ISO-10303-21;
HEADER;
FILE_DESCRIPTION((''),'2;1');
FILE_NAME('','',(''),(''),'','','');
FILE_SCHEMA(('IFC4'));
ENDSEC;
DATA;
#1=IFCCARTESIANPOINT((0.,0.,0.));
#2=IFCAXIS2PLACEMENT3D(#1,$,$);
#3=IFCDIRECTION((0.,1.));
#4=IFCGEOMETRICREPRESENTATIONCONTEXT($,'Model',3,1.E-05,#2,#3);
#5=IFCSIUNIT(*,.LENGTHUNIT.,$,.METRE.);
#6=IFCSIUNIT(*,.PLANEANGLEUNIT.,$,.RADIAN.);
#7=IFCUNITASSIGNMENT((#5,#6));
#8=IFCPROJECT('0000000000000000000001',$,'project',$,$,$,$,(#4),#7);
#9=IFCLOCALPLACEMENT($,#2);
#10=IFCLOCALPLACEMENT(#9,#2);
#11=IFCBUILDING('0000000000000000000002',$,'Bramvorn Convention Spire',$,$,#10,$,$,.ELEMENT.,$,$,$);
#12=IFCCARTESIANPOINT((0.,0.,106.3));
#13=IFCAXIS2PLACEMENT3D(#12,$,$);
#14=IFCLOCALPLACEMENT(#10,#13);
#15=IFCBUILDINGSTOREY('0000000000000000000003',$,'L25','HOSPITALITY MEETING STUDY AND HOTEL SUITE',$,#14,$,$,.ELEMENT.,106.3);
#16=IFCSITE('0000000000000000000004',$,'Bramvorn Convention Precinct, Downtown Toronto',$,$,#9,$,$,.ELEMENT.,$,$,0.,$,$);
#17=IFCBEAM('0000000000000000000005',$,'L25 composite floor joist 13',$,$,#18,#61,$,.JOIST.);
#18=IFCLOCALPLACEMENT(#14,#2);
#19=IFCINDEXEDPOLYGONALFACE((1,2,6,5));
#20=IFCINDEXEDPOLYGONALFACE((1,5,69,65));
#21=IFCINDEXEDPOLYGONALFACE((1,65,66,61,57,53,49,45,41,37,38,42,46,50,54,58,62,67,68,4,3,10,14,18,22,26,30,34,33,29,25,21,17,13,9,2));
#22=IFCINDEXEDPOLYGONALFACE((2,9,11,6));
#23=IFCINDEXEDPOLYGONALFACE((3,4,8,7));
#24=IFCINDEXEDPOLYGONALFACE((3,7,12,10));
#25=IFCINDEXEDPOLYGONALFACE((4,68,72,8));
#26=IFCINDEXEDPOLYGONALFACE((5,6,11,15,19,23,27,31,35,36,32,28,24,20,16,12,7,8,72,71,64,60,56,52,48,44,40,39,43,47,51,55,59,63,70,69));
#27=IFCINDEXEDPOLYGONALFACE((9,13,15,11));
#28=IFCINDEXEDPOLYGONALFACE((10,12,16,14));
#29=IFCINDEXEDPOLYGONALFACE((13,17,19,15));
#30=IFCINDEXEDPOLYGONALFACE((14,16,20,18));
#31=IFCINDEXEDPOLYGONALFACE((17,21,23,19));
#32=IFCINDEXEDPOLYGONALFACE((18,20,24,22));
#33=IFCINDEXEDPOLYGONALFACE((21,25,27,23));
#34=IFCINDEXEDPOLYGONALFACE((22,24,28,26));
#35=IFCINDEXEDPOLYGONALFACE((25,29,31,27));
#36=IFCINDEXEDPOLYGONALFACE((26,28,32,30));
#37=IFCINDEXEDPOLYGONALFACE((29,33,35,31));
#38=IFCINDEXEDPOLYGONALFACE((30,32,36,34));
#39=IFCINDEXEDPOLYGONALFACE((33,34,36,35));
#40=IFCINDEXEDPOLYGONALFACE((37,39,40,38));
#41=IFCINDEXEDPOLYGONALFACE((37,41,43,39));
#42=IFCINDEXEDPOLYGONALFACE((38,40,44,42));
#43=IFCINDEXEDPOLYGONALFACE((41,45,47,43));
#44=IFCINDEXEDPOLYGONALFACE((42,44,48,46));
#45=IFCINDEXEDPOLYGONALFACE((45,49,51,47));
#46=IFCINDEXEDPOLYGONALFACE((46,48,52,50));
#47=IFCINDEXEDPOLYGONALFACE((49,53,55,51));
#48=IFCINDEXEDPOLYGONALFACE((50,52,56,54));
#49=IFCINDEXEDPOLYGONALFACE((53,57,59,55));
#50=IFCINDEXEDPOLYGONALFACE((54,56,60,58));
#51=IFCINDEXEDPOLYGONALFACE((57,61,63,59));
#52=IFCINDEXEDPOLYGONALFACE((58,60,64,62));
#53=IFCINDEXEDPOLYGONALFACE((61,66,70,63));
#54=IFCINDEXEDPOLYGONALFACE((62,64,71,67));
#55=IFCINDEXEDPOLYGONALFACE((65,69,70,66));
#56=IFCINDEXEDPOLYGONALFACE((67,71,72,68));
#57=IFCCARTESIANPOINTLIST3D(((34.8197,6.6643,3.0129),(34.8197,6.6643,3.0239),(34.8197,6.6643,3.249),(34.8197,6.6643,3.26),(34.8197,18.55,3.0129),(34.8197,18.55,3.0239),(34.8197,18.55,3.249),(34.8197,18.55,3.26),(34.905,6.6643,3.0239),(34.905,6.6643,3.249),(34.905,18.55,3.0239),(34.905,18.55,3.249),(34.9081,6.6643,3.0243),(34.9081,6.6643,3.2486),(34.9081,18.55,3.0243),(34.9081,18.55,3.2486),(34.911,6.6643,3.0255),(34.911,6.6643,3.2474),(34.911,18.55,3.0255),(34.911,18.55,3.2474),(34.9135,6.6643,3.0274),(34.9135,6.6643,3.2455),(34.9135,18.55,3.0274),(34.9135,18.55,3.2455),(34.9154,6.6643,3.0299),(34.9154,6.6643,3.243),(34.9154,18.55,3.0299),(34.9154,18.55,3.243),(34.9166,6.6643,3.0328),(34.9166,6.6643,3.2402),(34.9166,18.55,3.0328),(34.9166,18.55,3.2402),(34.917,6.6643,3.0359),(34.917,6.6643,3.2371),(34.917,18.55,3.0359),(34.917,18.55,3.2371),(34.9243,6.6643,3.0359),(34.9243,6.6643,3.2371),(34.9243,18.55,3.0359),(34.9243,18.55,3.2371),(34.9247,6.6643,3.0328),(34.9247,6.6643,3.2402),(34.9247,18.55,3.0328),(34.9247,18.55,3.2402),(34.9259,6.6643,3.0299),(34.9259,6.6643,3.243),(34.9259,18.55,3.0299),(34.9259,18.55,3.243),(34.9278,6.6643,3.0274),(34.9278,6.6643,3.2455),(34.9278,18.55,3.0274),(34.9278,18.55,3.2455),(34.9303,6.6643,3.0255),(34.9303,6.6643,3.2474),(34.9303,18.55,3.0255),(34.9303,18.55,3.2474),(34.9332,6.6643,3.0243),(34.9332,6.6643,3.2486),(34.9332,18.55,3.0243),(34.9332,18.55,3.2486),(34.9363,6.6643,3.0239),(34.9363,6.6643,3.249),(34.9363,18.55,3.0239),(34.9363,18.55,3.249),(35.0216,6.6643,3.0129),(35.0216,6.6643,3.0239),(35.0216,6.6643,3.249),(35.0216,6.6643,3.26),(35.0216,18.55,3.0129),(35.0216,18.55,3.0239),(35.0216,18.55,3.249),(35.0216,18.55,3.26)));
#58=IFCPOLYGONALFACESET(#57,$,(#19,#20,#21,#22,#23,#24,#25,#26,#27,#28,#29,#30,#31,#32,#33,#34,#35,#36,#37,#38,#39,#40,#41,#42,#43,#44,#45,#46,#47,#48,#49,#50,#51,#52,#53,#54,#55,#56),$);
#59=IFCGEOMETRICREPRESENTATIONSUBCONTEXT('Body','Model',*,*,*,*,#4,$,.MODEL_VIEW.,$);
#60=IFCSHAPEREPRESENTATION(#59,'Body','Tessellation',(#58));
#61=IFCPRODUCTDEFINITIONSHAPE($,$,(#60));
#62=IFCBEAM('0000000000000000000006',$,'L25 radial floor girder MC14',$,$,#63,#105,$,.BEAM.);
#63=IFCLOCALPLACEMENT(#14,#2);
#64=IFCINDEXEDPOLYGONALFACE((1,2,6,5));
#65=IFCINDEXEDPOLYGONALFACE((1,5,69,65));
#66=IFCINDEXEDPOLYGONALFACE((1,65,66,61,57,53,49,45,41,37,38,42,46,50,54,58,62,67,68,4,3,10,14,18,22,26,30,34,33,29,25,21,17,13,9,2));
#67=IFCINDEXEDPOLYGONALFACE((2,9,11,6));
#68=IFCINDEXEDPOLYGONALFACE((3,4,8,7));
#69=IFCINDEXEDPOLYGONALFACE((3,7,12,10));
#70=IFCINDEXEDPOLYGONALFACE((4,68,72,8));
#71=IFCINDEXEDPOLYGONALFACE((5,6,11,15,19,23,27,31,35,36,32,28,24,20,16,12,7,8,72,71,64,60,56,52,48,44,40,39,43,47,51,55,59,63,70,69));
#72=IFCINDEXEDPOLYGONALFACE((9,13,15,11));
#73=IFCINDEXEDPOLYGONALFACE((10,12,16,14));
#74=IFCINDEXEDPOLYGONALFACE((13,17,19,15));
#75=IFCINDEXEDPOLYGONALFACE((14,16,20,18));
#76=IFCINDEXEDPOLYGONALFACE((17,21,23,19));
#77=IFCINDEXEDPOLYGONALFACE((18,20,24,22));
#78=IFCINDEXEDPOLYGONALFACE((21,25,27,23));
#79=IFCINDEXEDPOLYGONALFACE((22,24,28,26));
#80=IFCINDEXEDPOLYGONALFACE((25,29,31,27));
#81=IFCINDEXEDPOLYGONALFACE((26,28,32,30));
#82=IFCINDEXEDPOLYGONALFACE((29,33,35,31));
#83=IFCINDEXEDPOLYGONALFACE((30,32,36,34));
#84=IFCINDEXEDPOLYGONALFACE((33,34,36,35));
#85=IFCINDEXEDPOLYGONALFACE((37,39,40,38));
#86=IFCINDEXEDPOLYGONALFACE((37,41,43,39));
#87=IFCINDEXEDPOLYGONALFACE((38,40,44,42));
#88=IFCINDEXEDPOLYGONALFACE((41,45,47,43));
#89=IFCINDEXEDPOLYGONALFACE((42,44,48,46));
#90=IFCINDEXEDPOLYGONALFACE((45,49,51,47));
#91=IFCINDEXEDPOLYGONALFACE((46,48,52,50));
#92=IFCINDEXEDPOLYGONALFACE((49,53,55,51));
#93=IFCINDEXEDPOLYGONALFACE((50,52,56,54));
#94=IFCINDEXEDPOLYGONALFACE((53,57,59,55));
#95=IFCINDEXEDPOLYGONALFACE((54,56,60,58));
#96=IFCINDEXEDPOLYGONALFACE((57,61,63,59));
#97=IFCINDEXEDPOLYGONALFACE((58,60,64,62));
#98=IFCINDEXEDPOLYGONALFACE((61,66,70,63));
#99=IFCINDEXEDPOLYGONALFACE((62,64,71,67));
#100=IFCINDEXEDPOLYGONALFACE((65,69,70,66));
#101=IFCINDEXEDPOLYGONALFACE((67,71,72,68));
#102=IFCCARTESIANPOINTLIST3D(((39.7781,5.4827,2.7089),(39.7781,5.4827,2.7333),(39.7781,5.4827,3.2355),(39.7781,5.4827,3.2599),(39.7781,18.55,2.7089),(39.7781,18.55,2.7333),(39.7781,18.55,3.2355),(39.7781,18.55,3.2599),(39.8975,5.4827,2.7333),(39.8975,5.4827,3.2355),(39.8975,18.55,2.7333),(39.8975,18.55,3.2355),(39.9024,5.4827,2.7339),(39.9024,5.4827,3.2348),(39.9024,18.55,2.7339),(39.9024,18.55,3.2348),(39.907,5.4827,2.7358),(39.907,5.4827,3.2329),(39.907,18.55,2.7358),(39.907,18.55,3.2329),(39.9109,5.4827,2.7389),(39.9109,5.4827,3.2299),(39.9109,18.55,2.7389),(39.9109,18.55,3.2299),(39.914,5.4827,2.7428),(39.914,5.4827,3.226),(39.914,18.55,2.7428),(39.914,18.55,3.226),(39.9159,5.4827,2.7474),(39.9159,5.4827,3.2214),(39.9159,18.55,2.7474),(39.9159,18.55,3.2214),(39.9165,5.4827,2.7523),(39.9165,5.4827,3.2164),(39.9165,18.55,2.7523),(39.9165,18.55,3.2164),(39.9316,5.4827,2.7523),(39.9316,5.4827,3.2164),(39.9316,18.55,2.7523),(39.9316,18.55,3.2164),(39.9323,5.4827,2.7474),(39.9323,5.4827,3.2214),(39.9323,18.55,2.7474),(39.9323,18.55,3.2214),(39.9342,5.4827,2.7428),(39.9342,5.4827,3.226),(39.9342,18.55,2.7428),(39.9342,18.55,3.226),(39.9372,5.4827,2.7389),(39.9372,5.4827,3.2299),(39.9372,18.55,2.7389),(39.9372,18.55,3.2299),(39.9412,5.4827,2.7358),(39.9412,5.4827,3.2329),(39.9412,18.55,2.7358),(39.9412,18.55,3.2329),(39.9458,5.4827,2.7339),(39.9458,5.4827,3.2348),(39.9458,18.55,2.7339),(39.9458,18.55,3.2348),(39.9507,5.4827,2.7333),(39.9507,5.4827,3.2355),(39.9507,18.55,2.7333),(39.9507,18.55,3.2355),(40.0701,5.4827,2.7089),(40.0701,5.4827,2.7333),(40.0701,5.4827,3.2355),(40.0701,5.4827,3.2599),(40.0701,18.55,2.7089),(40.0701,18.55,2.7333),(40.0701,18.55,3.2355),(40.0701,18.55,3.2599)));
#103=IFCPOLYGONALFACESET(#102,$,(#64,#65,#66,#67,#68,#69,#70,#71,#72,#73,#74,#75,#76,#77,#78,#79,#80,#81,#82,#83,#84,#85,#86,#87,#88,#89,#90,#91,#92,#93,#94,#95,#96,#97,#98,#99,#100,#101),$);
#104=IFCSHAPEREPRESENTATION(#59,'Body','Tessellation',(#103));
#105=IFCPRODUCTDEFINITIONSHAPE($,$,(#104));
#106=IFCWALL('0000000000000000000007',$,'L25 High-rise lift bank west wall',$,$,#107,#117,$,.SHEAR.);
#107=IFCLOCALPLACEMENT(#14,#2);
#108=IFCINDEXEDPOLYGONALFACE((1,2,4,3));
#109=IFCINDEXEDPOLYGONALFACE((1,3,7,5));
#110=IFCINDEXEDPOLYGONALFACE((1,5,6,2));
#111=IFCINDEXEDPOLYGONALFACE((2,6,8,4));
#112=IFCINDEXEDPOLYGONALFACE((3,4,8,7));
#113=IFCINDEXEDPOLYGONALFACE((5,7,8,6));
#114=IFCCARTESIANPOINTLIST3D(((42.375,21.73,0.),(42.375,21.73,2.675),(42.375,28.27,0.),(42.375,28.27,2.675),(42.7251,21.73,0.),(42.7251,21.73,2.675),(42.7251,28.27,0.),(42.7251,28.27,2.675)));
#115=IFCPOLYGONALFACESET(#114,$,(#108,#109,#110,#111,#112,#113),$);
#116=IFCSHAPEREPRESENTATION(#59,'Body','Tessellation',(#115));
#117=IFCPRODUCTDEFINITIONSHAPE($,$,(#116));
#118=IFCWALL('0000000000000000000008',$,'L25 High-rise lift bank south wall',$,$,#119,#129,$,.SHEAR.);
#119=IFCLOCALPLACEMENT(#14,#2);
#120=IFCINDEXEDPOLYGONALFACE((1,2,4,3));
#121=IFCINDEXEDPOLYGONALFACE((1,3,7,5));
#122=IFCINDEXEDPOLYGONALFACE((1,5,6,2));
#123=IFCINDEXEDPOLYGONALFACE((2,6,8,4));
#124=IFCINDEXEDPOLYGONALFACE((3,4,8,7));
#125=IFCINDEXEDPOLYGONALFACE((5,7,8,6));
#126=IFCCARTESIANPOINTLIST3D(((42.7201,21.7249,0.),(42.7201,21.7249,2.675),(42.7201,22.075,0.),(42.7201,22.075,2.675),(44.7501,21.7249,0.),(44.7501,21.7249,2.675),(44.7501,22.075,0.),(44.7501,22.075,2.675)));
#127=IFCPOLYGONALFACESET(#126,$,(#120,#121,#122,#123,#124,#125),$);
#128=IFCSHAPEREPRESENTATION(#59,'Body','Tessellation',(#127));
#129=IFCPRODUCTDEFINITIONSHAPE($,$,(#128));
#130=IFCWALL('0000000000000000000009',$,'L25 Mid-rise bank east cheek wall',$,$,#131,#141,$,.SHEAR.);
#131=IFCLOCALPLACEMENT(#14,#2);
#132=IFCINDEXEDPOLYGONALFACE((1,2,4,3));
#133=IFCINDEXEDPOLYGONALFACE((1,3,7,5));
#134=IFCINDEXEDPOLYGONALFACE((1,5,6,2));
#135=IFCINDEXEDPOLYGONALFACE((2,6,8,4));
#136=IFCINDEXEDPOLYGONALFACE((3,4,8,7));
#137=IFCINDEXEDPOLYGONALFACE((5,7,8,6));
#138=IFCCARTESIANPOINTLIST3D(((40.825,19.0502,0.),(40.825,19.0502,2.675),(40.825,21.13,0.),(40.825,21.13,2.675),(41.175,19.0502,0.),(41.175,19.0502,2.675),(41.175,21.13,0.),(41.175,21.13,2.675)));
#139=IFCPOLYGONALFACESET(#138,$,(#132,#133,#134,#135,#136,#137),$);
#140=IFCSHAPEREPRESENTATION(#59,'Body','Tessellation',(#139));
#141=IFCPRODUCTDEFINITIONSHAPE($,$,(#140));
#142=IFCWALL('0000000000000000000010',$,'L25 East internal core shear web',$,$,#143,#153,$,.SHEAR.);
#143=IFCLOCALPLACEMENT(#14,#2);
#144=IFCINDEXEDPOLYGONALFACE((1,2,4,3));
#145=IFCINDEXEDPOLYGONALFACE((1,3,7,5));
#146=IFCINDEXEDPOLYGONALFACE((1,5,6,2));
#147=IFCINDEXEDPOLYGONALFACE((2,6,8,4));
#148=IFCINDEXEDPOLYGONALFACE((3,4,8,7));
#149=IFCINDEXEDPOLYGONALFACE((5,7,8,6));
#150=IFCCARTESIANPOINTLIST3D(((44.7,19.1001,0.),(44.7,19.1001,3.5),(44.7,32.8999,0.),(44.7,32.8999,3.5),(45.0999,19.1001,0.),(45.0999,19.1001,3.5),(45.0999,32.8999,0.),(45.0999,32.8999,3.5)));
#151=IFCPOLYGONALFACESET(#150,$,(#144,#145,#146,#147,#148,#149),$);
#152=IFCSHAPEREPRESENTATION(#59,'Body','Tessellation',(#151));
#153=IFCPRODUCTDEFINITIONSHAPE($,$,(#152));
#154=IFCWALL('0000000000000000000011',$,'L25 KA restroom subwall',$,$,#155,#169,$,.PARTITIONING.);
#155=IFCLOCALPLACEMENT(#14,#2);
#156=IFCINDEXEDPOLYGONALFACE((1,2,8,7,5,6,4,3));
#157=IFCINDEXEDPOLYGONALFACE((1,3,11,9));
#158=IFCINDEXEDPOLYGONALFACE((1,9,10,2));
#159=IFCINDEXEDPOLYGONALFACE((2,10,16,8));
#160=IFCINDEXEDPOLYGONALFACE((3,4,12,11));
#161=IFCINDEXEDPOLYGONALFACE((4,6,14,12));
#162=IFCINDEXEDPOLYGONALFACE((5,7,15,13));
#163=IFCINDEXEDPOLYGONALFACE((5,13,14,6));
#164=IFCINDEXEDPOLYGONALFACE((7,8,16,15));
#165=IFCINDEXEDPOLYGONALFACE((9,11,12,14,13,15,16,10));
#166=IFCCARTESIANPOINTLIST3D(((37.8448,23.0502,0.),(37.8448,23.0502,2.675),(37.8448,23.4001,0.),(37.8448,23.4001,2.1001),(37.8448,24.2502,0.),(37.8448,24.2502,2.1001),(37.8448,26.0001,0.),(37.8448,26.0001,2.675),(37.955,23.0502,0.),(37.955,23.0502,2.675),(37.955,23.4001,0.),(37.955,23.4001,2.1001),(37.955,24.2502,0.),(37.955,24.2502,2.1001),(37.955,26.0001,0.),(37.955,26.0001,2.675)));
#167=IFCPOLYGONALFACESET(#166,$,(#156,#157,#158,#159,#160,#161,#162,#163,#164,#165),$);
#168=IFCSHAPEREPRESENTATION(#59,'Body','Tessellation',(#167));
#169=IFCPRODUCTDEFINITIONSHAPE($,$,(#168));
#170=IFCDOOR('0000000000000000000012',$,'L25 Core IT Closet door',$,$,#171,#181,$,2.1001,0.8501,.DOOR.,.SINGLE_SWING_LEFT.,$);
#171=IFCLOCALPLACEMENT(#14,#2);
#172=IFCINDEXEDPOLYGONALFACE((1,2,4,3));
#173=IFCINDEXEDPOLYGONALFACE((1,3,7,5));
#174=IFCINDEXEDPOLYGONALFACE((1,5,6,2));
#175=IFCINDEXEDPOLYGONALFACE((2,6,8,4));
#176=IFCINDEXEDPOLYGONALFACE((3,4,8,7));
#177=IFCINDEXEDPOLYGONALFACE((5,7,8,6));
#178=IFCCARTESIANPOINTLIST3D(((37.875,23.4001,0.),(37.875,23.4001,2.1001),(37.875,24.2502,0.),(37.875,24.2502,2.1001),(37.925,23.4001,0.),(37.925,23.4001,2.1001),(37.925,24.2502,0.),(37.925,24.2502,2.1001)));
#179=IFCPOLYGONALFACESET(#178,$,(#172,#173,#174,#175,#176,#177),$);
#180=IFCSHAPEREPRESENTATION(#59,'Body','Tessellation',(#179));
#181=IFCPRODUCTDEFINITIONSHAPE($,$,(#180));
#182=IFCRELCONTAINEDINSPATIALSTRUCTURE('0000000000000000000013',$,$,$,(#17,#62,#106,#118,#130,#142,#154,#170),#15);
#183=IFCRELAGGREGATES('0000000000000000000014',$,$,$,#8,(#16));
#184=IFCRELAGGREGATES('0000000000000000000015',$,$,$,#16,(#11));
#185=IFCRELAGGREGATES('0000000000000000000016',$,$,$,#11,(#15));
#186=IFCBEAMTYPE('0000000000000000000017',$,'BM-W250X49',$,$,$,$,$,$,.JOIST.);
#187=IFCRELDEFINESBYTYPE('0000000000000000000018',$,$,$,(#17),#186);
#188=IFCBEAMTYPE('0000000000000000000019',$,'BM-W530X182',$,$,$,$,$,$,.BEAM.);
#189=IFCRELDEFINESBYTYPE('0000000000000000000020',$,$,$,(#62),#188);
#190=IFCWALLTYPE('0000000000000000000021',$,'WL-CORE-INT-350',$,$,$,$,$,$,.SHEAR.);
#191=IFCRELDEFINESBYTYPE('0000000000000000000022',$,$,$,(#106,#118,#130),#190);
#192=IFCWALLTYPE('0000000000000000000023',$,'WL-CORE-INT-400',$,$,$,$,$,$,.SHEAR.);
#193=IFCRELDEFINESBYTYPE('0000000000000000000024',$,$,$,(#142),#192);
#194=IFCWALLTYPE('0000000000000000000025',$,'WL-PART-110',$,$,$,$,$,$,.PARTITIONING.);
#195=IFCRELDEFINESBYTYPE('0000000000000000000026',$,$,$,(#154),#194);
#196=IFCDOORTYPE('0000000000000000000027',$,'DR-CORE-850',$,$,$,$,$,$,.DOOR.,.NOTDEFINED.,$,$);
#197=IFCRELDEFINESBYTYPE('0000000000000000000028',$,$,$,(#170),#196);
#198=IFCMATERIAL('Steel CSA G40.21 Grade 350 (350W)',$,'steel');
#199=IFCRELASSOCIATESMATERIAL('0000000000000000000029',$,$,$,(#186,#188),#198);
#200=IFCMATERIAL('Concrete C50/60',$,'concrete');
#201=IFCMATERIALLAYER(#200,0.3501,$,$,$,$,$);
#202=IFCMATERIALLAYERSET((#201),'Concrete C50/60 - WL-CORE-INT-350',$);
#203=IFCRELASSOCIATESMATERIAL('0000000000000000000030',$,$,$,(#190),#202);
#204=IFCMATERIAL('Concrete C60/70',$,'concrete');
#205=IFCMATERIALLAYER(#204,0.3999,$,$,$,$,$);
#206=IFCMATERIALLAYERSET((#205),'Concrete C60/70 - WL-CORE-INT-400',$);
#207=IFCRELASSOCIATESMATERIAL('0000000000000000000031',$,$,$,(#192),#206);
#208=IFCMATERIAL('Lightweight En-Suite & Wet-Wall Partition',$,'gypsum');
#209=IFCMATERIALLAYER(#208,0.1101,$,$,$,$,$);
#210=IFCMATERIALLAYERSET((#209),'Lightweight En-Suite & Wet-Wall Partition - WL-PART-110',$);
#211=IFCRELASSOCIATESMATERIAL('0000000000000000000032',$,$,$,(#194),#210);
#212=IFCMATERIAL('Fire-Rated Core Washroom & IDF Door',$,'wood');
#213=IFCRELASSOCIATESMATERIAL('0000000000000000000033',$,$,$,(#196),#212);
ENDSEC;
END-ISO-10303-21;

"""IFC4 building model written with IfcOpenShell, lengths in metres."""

from ifc_helpers import new_model, si_unit, direction, frame, frame_2d, origin, origin_2d, place, context, subcontext, project, spatial, rectangle, i_section, extrude, material, layer, layer_set, material_profile, profile_set, type_object, element, fill, save


model = new_model("IFC4")

# Units and contexts
model_context = context("Model", 3, precision=1e-05, world=origin(), true_north=direction((0.0, 1.0)))
body_context = subcontext(model_context, "Body", "Model", "MODEL_VIEW")
ifc_project = project(units=[si_unit("LENGTHUNIT", "METRE"), si_unit("PLANEANGLEUNIT", "RADIAN")], contexts=[model_context])

# Site, building, storey
site_placement = place(None, origin())
site = spatial("IfcSite", under=ifc_project, at=site_placement, Name="Bramvorn Convention Precinct, Downtown Toronto", CompositionType="ELEMENT", RefElevation=0.0)
building_placement = place(site_placement, origin())
building = spatial("IfcBuilding", under=site, at=building_placement, Name="Bramvorn Convention Spire", CompositionType="ELEMENT")
storey_placement = place(building_placement, frame((0.0, 0.0, 106.3)))
storey = spatial("IfcBuildingStorey", under=building, at=storey_placement, Name="L25", Description="HOSPITALITY MEETING STUDY AND HOTEL SUITE", CompositionType="ELEMENT", Elevation=106.3)

# Beams
ifc_material_1 = material(Name="Steel CSA G40.21 Grade 350 (350W)", Category="steel")
ifc_material_profile_1 = material_profile(ifc_material_1, i_section(OverallWidth=0.2019, OverallDepth=0.2471, WebThickness=0.0073, FlangeThickness=0.011, FilletRadius=0.012, at=origin_2d()))
ifc_profile_set_1 = profile_set([ifc_material_profile_1], Name="Steel CSA G40.21 Grade 350 (350W) - W250X49")
beam_type_1 = type_object("IfcBeamType", Name="BM-W250X49", PredefinedType="JOIST", material=ifc_profile_set_1)
beam_1_placement = place(storey_placement, frame((34.9207, 18.55, 3.1365), z_axis=(0.0, -1.0, 0.0), x_axis=(1.0, 0.0, 0.0)))
element("IfcBeam", 1, at=beam_1_placement, inside=storey, type_object=beam_type_1, Name="L25 composite floor joist 13", PredefinedType="JOIST", context=body_context, shape_type="SweptSolid", body=[
    extrude(i_section(OverallWidth=0.2019, OverallDepth=0.2471, WebThickness=0.0073, FlangeThickness=0.011, FilletRadius=0.012, at=origin_2d()), origin(), (0.0, 0.0, 1.0), 11.8857),
])
ifc_material_profile_2 = material_profile(ifc_material_1, i_section(OverallWidth=0.292, OverallDepth=0.551, WebThickness=0.0151, FlangeThickness=0.0244, FilletRadius=0.019, at=origin_2d()))
ifc_profile_set_2 = profile_set([ifc_material_profile_2], Name="Steel CSA G40.21 Grade 350 (350W) - W530X182")
beam_type_2 = type_object("IfcBeamType", Name="BM-W530X182", PredefinedType="BEAM", material=ifc_profile_set_2)
beam_2_placement = place(storey_placement, frame((39.9241, 18.55, 2.9844), z_axis=(0.0, -1.0, 0.0), x_axis=(1.0, 0.0, 0.0)))
element("IfcBeam", 2, at=beam_2_placement, inside=storey, type_object=beam_type_2, Name="L25 radial floor girder MC14", PredefinedType="BEAM", context=body_context, shape_type="SweptSolid", body=[
    extrude(i_section(OverallWidth=0.292, OverallDepth=0.551, WebThickness=0.0151, FlangeThickness=0.0244, FilletRadius=0.019, at=origin_2d()), origin(), (0.0, 0.0, 1.0), 13.0674),
])

# Walls
ifc_material_2 = material(Name="Concrete C50/60", Category="concrete")
ifc_layer_1 = layer(ifc_material_2, 0.3501)
ifc_layer_set_1 = layer_set([ifc_layer_1], Name="Concrete C50/60 - WL-CORE-INT-350")
wall_type_1 = type_object("IfcWallType", Name="WL-CORE-INT-350", PredefinedType="SHEAR", material=ifc_layer_set_1)
wall_1_placement = place(storey_placement, frame((42.55, 21.73, 0.0), z_axis=(0.0, 0.0, 1.0), x_axis=(0.0, 1.0, 0.0)))
element("IfcWall", 3, at=wall_1_placement, inside=storey, type_object=wall_type_1, Name="L25 High-rise lift bank west wall", PredefinedType="SHEAR", context=body_context, shape_type="SweptSolid", body=[
    extrude(rectangle(XDim=6.54, YDim=0.3501, at=frame_2d((3.27, 0.0))), origin(), (0.0, 0.0, 1.0), 2.675),
])
wall_2_placement = place(storey_placement, frame((42.72, 21.8999, 0.0), z_axis=(0.0, 0.0, 1.0), x_axis=(1.0, 0.0, 0.0)))
element("IfcWall", 4, at=wall_2_placement, inside=storey, type_object=wall_type_1, Name="L25 High-rise lift bank south wall", PredefinedType="SHEAR", context=body_context, shape_type="SweptSolid", body=[
    extrude(rectangle(XDim=2.03, YDim=0.3501, at=frame_2d((1.0151, 0.0))), origin(), (0.0, 0.0, 1.0), 2.675),
])

# Walls
wall_3_placement = place(storey_placement, frame((41.0, 19.05, 0.0), z_axis=(0.0, 0.0, 1.0), x_axis=(0.0, 1.0, 0.0)))
element("IfcWall", 5, at=wall_3_placement, inside=storey, type_object=wall_type_1, Name="L25 Mid-rise bank east cheek wall", PredefinedType="SHEAR", context=body_context, shape_type="SweptSolid", body=[
    extrude(rectangle(XDim=2.0798, YDim=0.3501, at=frame_2d((1.04, 0.0))), origin(), (0.0, 0.0, 1.0), 2.675),
])
ifc_material_3 = material(Name="Concrete C60/70", Category="concrete")
ifc_layer_2 = layer(ifc_material_3, 0.3999)
ifc_layer_set_2 = layer_set([ifc_layer_2], Name="Concrete C60/70 - WL-CORE-INT-400")
wall_type_2 = type_object("IfcWallType", Name="WL-CORE-INT-400", PredefinedType="SHEAR", material=ifc_layer_set_2)
wall_4_placement = place(storey_placement, frame((44.8999, 19.1001, 0.0), z_axis=(0.0, 0.0, 1.0), x_axis=(0.0, 1.0, 0.0)))
element("IfcWall", 6, at=wall_4_placement, inside=storey, type_object=wall_type_2, Name="L25 East internal core shear web", PredefinedType="SHEAR", context=body_context, shape_type="SweptSolid", body=[
    extrude(rectangle(XDim=13.7998, YDim=0.3999, at=frame_2d((6.8999, 0.0))), origin(), (0.0, 0.0, 1.0), 3.5),
])

# Wall, opening, door
ifc_material_4 = material(Name="Lightweight En-Suite & Wet-Wall Partition", Category="gypsum")
ifc_layer_3 = layer(ifc_material_4, 0.1101)
ifc_layer_set_3 = layer_set([ifc_layer_3], Name="Lightweight En-Suite & Wet-Wall Partition - WL-PART-110")
wall_type_3 = type_object("IfcWallType", Name="WL-PART-110", PredefinedType="PARTITIONING", material=ifc_layer_set_3)
wall_5_placement = place(storey_placement, frame((37.8999, 23.05, 0.0), z_axis=(0.0, 0.0, 1.0), x_axis=(0.0, 1.0, 0.0)))
wall_5 = element("IfcWall", 7, at=wall_5_placement, inside=storey, type_object=wall_type_3, Name="L25 KA restroom subwall", PredefinedType="PARTITIONING", context=body_context, shape_type="SweptSolid", body=[
    extrude(rectangle(XDim=2.95, YDim=0.1101, at=frame_2d((1.4751, 0.0))), origin(), (0.0, 0.0, 1.0), 2.675),
])
opening_1_placement = place(wall_5_placement, frame((0.3501, 0.0, 0.0)))
opening_1 = element("IfcOpeningElement", 8, at=opening_1_placement, cuts=wall_5, PredefinedType="OPENING", context=body_context, shape_type="SweptSolid", body=[
    extrude(rectangle(XDim=0.8501, YDim=2.1001, at=frame_2d((0.425, 1.05))), frame((0.0, 0.0649, 0.0), z_axis=(0.0, -1.0, 0.0), x_axis=(1.0, 0.0, 0.0)), (0.0, 0.0, 1.0), 0.1301),
])
ifc_material_5 = material(Name="Fire-Rated Core Washroom & IDF Door", Category="wood")
door_type_1 = type_object("IfcDoorType", Name="DR-CORE-850", OperationType="NOTDEFINED", PredefinedType="DOOR", material=ifc_material_5)
door_1_placement = place(opening_1_placement, origin())
door_1 = element("IfcDoor", 9, at=door_1_placement, inside=storey, type_object=door_type_1, Name="L25 Core IT Closet door", OperationType="SINGLE_SWING_LEFT", OverallHeight=2.1001, OverallWidth=0.8501, PredefinedType="DOOR", context=body_context, shape_type="SweptSolid", body=[
    extrude(rectangle(XDim=0.8501, YDim=2.1001, at=frame_2d((0.425, 1.05))), frame((0.0, 0.0249, 0.0), z_axis=(0.0, -1.0, 0.0), x_axis=(1.0, 0.0, 0.0)), (0.0, 0.0, 1.0), 0.05),
])
fill(opening_1, door_1)

save(model, "model.ifc")
